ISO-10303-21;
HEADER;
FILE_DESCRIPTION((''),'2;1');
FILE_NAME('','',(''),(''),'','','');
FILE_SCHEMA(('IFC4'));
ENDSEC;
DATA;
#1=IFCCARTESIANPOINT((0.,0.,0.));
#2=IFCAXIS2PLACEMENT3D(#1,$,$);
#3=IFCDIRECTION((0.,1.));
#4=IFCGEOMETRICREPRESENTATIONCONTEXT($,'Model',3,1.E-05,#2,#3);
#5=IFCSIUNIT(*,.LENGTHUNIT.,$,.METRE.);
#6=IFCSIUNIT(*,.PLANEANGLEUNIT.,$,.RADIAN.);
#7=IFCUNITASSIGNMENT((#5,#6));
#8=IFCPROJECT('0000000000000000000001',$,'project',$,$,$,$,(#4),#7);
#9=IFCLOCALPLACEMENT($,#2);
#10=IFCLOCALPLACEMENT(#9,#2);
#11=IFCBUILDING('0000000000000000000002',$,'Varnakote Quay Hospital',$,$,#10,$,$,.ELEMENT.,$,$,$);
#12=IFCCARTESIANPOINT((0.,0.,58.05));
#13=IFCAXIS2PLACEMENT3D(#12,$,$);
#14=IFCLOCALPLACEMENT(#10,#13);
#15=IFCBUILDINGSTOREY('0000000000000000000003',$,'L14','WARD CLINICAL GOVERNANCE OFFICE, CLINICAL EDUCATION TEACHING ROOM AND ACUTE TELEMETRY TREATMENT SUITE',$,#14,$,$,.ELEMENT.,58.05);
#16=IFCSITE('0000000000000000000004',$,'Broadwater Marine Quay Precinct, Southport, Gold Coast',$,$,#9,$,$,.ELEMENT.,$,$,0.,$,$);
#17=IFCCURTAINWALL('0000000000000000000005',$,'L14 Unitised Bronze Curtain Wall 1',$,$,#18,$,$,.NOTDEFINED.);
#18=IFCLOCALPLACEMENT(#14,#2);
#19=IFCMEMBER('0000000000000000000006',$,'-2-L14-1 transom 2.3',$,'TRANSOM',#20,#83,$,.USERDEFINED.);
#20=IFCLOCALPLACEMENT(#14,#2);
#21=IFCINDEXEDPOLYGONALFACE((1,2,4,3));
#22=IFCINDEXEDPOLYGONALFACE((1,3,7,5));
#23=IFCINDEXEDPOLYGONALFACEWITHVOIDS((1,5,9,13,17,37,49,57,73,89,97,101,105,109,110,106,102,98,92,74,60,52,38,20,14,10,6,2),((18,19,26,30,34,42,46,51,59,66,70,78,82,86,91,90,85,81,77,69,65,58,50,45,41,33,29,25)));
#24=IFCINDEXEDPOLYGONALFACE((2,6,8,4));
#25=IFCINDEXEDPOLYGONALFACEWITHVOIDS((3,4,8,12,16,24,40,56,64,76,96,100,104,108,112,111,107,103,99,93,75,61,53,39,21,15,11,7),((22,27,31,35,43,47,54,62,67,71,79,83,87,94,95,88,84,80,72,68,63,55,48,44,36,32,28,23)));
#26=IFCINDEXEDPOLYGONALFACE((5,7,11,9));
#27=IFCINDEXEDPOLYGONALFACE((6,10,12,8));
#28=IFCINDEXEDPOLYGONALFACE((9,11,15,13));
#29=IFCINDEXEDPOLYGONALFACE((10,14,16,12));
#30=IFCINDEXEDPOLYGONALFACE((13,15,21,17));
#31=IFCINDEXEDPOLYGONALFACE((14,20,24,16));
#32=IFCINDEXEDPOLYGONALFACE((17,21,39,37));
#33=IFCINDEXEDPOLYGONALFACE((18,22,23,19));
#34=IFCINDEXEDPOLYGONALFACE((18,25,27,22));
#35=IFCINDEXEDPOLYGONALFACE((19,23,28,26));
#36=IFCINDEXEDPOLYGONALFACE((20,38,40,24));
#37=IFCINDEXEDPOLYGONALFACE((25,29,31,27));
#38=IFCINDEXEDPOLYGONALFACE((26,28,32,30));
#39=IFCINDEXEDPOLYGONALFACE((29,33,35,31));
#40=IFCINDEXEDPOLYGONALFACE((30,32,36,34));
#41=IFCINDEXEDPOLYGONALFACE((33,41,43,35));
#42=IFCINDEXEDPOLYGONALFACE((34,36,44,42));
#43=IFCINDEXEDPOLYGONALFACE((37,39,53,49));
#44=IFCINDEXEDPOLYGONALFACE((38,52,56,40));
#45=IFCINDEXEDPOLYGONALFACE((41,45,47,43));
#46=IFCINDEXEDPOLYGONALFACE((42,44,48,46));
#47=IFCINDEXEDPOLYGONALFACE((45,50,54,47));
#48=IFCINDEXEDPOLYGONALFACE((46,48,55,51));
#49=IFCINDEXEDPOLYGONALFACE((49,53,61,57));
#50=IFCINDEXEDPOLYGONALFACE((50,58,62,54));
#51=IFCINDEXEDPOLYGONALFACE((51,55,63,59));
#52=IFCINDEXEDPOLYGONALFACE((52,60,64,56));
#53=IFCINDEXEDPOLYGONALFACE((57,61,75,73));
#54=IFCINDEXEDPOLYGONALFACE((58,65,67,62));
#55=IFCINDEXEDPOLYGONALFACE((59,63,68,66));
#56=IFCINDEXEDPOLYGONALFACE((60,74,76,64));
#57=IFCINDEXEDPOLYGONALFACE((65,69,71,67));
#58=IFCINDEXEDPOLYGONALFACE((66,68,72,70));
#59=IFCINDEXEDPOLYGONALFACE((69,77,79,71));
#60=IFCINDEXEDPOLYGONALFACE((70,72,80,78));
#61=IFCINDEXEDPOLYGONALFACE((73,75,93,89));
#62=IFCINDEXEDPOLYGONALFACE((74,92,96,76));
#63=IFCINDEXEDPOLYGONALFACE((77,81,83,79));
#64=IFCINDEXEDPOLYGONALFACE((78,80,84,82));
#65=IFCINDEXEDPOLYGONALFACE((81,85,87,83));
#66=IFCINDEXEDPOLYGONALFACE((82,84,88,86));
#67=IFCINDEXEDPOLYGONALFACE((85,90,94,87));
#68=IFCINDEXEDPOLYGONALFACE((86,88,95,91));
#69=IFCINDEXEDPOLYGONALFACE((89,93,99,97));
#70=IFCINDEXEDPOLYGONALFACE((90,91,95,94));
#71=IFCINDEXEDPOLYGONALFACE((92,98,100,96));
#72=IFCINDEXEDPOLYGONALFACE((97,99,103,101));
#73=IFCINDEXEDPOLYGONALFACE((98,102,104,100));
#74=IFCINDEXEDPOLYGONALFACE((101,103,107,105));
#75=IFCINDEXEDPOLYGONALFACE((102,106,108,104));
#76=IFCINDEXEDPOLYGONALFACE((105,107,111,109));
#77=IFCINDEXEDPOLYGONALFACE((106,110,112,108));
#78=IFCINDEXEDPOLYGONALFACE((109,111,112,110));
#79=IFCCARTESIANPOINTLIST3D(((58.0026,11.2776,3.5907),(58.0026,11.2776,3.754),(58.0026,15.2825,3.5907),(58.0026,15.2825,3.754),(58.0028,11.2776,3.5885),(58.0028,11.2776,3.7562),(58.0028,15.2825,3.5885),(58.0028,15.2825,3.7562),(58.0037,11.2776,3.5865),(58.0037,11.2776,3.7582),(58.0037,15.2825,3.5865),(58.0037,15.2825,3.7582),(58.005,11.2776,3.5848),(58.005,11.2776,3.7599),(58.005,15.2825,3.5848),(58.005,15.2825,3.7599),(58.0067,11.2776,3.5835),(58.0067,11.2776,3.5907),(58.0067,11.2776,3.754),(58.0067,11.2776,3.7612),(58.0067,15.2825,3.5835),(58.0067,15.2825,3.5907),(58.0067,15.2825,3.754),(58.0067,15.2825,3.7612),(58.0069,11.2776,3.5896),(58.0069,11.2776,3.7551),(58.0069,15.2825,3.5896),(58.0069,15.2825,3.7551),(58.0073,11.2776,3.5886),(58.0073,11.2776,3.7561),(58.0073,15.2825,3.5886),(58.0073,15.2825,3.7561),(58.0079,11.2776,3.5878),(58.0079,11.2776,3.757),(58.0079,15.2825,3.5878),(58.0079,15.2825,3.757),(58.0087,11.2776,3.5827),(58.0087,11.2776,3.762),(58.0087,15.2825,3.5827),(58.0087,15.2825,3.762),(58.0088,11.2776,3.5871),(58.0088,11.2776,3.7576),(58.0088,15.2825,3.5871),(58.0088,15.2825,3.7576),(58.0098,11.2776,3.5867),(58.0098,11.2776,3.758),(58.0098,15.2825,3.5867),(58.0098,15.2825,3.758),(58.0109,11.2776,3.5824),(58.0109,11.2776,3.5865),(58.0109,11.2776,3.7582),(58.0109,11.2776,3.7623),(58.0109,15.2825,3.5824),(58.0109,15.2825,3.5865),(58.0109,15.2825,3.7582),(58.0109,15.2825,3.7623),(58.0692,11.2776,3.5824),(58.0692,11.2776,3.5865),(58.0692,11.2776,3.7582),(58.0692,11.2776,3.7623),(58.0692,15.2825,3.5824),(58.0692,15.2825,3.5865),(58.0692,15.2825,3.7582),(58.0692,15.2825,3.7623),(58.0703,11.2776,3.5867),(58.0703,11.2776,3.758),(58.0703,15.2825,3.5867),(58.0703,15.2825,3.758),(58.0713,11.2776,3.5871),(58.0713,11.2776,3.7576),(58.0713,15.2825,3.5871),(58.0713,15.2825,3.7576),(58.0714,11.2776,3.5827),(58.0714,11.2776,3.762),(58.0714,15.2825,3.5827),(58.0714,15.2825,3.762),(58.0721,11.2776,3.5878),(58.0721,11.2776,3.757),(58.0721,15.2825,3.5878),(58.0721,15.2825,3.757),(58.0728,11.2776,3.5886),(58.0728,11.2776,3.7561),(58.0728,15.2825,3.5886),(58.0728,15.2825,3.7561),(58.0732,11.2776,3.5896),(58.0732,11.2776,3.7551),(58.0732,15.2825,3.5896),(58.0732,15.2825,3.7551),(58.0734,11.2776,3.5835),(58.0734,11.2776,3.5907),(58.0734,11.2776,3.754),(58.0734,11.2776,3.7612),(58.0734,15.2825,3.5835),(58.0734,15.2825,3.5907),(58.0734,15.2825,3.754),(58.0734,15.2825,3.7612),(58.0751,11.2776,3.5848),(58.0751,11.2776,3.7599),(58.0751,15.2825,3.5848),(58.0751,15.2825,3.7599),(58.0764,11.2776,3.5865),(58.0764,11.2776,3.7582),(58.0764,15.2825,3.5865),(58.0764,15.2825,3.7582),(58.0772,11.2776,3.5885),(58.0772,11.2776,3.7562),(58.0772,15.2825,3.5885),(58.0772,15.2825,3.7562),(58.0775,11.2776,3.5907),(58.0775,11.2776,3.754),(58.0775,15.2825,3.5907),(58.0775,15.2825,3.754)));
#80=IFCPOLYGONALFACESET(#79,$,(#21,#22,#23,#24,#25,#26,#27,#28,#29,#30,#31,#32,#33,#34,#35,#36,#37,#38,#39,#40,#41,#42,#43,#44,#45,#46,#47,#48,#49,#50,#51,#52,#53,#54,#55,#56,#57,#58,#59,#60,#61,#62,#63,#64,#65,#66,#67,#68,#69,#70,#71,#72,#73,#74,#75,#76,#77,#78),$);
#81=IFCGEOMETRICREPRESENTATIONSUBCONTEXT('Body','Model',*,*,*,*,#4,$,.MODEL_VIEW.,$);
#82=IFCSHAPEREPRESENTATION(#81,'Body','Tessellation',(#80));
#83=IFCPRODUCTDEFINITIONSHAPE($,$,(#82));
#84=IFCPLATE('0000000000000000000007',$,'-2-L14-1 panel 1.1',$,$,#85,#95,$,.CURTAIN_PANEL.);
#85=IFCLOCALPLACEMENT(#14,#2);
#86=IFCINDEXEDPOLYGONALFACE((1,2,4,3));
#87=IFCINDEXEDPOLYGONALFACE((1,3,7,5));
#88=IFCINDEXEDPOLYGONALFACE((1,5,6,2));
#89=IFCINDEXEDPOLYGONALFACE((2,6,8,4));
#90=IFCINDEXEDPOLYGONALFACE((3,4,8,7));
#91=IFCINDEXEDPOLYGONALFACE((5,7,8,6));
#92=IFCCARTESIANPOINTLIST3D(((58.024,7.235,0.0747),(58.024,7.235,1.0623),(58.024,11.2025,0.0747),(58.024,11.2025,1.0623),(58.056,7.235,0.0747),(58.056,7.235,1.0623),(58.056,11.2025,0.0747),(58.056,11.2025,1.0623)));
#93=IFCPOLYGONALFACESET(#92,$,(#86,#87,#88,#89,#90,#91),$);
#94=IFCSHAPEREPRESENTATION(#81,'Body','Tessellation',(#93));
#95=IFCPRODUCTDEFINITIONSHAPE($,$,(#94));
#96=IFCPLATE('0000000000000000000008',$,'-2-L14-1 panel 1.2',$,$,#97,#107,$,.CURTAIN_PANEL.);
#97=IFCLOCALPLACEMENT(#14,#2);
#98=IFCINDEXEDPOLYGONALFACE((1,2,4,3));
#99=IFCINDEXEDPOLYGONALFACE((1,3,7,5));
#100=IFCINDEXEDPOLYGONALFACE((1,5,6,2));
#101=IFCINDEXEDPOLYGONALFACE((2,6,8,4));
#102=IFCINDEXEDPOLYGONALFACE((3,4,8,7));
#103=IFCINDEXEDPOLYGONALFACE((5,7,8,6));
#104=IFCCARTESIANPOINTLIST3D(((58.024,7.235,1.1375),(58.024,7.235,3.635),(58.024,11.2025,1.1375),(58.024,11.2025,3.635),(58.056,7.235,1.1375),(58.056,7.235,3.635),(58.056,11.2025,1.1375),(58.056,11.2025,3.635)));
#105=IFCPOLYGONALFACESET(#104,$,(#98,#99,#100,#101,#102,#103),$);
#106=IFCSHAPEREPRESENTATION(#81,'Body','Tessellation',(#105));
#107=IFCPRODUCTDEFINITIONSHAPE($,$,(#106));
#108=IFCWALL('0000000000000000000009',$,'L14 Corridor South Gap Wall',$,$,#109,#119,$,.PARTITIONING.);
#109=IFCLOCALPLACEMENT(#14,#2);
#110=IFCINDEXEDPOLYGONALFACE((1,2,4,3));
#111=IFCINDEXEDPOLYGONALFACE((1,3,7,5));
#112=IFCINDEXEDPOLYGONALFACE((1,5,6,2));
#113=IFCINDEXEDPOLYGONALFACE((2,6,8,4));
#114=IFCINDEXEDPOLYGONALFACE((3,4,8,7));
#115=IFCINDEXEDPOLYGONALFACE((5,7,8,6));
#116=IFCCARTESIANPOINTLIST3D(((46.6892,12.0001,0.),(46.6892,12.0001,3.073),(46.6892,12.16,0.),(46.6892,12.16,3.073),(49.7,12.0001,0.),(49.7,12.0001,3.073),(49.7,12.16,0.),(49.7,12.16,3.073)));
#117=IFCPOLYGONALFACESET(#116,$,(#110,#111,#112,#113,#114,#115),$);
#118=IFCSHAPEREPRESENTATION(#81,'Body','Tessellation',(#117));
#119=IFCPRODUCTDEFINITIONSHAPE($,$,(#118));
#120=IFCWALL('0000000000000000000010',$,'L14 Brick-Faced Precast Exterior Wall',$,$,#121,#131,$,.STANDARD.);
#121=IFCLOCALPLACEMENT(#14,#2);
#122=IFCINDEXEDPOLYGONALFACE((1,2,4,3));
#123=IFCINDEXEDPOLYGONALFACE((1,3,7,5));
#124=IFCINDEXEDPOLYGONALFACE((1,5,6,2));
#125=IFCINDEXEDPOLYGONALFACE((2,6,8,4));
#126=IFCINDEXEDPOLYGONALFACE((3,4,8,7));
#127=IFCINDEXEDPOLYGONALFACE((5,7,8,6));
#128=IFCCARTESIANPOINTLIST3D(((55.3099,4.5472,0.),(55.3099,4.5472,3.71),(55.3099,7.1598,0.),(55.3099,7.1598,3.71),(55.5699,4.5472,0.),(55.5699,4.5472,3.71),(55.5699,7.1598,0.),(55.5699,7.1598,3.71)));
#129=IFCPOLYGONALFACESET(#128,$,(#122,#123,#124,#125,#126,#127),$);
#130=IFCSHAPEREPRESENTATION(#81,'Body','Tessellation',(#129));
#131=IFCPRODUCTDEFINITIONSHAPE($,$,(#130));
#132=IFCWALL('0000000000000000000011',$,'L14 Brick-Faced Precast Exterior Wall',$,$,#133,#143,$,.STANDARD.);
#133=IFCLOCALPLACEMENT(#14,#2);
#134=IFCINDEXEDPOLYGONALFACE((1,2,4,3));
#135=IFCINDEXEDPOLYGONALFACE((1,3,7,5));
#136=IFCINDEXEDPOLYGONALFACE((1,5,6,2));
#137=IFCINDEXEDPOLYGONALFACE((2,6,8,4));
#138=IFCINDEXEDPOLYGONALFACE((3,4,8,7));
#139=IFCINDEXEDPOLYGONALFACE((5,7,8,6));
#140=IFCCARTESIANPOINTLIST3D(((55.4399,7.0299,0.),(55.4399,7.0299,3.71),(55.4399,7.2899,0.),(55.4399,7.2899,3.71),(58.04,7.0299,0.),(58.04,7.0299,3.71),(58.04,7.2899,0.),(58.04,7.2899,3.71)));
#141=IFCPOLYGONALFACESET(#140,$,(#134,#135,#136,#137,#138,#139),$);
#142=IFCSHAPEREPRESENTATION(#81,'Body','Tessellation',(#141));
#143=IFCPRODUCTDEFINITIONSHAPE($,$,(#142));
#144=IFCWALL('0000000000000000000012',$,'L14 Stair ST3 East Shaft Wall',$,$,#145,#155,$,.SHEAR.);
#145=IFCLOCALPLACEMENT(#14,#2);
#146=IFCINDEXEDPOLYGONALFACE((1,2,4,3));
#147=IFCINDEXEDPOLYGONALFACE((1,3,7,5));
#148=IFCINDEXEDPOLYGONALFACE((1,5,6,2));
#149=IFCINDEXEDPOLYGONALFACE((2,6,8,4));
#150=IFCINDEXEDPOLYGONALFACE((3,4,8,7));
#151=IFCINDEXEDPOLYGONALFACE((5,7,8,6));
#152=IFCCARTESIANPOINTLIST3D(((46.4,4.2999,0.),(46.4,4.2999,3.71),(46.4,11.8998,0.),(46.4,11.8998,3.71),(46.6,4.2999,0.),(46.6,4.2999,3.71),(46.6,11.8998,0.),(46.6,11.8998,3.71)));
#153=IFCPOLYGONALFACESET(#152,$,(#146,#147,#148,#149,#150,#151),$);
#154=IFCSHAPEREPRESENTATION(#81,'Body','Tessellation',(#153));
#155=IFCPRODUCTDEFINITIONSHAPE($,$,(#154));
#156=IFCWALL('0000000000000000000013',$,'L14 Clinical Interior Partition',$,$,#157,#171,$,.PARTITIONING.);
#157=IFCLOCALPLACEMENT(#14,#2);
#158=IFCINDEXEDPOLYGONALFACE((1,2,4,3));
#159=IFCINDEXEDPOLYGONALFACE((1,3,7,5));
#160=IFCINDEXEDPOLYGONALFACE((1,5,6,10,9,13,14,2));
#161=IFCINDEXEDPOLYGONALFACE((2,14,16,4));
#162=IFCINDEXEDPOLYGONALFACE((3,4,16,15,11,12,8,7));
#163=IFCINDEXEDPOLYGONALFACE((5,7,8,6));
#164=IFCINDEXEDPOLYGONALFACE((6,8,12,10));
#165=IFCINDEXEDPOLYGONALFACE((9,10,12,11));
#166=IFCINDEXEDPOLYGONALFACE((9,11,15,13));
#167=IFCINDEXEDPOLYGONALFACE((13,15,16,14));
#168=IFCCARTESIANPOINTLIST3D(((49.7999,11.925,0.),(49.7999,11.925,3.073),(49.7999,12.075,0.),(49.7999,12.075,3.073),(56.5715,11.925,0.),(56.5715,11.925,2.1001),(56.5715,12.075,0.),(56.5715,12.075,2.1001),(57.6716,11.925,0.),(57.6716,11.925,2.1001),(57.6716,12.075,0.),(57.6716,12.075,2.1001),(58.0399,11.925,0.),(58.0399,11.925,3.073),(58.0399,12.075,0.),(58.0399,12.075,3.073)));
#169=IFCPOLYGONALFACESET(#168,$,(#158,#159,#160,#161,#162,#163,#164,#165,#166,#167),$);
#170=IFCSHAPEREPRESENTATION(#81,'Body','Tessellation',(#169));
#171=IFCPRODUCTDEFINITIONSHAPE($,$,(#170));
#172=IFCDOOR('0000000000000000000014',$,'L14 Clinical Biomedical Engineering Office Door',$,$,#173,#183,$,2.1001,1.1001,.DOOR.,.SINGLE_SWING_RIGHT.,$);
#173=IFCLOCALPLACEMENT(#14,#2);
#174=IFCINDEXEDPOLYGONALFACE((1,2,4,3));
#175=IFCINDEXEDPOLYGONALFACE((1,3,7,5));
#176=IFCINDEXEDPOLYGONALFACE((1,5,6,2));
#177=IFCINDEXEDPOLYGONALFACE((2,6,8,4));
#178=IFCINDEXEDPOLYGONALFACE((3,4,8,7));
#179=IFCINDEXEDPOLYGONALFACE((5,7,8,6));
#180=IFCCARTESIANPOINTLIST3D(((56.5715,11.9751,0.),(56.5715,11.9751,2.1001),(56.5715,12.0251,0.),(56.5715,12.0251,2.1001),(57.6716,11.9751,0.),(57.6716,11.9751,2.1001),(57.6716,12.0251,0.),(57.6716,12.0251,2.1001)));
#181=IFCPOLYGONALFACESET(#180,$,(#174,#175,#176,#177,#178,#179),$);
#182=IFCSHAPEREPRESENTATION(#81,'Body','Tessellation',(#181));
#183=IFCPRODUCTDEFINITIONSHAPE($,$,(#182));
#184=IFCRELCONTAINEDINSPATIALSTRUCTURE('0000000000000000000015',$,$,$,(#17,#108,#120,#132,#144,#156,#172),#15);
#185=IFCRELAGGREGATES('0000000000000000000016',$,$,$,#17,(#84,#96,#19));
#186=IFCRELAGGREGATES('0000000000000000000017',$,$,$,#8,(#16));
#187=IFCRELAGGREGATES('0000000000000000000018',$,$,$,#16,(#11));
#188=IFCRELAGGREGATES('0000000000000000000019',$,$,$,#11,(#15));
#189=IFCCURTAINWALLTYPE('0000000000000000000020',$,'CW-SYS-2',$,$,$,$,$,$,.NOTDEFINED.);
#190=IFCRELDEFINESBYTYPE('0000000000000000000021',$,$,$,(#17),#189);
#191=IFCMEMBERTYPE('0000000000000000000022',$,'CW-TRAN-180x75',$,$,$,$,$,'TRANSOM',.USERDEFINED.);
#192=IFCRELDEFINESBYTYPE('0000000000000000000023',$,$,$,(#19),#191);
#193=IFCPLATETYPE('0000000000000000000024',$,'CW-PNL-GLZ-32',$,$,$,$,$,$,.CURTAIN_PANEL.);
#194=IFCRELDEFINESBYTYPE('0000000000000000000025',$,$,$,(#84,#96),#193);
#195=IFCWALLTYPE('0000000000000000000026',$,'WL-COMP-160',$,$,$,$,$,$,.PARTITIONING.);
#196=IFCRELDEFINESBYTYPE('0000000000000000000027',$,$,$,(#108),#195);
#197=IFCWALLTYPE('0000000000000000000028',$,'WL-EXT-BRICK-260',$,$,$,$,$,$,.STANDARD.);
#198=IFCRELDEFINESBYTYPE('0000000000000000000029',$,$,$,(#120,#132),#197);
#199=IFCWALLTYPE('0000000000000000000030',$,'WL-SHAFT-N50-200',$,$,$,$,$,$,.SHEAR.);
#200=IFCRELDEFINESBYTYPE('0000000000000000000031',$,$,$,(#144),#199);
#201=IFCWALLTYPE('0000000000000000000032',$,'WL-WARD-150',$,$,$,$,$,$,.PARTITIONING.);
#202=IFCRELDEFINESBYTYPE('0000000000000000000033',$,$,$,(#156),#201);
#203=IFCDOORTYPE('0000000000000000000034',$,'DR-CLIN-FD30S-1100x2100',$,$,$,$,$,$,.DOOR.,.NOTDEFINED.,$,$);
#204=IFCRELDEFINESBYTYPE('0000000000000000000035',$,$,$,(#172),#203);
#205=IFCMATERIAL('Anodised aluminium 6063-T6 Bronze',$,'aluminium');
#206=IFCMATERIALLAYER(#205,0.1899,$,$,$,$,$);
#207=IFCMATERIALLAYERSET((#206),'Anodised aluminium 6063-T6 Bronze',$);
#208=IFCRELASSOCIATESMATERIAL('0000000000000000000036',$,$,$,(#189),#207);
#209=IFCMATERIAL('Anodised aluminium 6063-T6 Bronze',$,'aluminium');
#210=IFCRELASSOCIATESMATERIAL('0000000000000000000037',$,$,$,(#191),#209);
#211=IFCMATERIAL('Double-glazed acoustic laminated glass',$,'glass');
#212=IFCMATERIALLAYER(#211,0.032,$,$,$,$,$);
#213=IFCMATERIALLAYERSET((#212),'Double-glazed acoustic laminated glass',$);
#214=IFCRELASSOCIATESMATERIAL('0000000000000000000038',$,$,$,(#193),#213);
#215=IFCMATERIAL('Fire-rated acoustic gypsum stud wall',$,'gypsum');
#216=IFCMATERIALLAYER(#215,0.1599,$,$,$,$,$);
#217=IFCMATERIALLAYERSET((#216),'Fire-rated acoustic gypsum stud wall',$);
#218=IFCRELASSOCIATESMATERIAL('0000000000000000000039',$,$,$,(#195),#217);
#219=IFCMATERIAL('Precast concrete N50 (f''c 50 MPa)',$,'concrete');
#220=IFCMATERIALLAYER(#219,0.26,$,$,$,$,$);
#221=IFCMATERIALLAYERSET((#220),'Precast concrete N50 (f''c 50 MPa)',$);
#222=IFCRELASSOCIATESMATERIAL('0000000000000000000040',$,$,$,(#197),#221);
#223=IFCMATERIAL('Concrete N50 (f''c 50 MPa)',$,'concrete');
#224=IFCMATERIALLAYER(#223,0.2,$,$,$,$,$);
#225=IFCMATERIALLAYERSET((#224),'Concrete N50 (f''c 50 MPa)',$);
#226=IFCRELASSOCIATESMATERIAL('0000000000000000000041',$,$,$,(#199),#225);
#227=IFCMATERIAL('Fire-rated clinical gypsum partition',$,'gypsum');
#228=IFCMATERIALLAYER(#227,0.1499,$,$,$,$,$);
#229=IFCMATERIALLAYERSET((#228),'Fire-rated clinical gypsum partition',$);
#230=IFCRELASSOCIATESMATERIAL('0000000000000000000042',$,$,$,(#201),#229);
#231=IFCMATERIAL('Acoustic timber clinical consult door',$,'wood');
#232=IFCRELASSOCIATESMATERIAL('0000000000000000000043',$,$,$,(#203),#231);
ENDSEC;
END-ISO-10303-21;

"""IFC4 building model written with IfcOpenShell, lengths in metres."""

from ifc_helpers import new_model, si_unit, direction, frame, frame_2d, origin, origin_2d, place, context, subcontext, project, spatial, rectangle, hollow_rectangle, extrude, material, layer, layer_set, material_profile, profile_set, type_object, element, fill, aggregate, save


model = new_model("IFC4")

# Units and contexts
model_context = context("Model", 3, precision=1e-05, world=origin(), true_north=direction((0.0, 1.0)))
body_context = subcontext(model_context, "Body", "Model", "MODEL_VIEW")
ifc_project = project(units=[si_unit("LENGTHUNIT", "METRE"), si_unit("PLANEANGLEUNIT", "RADIAN")], contexts=[model_context])

# Site, building, storey
site_placement = place(None, origin())
site = spatial("IfcSite", under=ifc_project, at=site_placement, Name="Broadwater Marine Quay Precinct, Southport, Gold Coast", CompositionType="ELEMENT", RefElevation=0.0)
building_placement = place(site_placement, origin())
building = spatial("IfcBuilding", under=site, at=building_placement, Name="Varnakote Quay Hospital", CompositionType="ELEMENT")
storey_placement = place(building_placement, frame((0.0, 0.0, 58.05)))
storey = spatial("IfcBuildingStorey", under=building, at=storey_placement, Name="L14", Description="WARD CLINICAL GOVERNANCE OFFICE, CLINICAL EDUCATION TEACHING ROOM AND ACUTE TELEMETRY TREATMENT SUITE", CompositionType="ELEMENT", Elevation=58.05)

# Curtain wall, member, plates
ifc_material_1 = material(Name="Anodised aluminium 6063-T6 Bronze", Category="aluminium")
ifc_layer_1 = layer(ifc_material_1, 0.1899)
ifc_layer_set_1 = layer_set([ifc_layer_1], Name="Anodised aluminium 6063-T6 Bronze")
curtain_wall_type = type_object("IfcCurtainWallType", Name="CW-SYS-2", PredefinedType="NOTDEFINED", material=ifc_layer_set_1)
curtain_wall_placement = place(storey_placement, origin())
curtain_wall = element("IfcCurtainWall", 1, at=curtain_wall_placement, inside=storey, type_object=curtain_wall_type, Name="L14 Unitised Bronze Curtain Wall 1", PredefinedType="NOTDEFINED")
ifc_material_2 = material(Name="Anodised aluminium 6063-T6 Bronze", Category="aluminium")
ifc_material_profile_1 = material_profile(ifc_material_2, hollow_rectangle(XDim=0.075, YDim=0.1799, WallThickness=0.0042, InnerFilletRadius=0.0042, OuterFilletRadius=0.0083, at=origin_2d()), Name="CW-TRAN-180x75")
ifc_profile_set_1 = profile_set([ifc_material_profile_1], Name="Anodised aluminium 6063-T6 Bronze")
member_type_1 = type_object("IfcMemberType", Name="CW-TRAN-180x75", ElementType="TRANSOM", PredefinedType="USERDEFINED", material=ifc_profile_set_1)
member_1_placement = place(storey_placement, frame((58.04, 11.2776, 3.6724), z_axis=(0.0, 1.0, 0.0), x_axis=(-1.0, 0.0, 0.0)))
member_1 = element("IfcMember", 2, at=member_1_placement, type_object=member_type_1, Name="-2-L14-1 transom 2.3", ObjectType="TRANSOM", PredefinedType="USERDEFINED", context=body_context, shape_type="SweptSolid", body=[
    extrude(hollow_rectangle(XDim=0.075, YDim=0.1799, WallThickness=0.0042, InnerFilletRadius=0.0042, OuterFilletRadius=0.0083, at=origin_2d()), origin(), (0.0, 0.0, 1.0), 4.0049),
])
ifc_material_3 = material(Name="Double-glazed acoustic laminated glass", Category="glass")
ifc_layer_2 = layer(ifc_material_3, 0.032)
ifc_layer_set_2 = layer_set([ifc_layer_2], Name="Double-glazed acoustic laminated glass")
plate_type = type_object("IfcPlateType", Name="CW-PNL-GLZ-32", PredefinedType="CURTAIN_PANEL", material=ifc_layer_set_2)
plate_1_placement = place(storey_placement, frame((58.04, 9.2188, 0.0747), z_axis=(0.0, 0.0, 1.0), x_axis=(0.0, 1.0, 0.0)))
plate_1 = element("IfcPlate", 3, at=plate_1_placement, type_object=plate_type, Name="-2-L14-1 panel 1.1", PredefinedType="CURTAIN_PANEL", context=body_context, shape_type="SweptSolid", body=[
    extrude(rectangle(XDim=3.9675, YDim=0.032, at=origin_2d()), origin(), (0.0, 0.0, 1.0), 0.9875),
])
plate_2_placement = place(storey_placement, frame((58.04, 9.2188, 1.1375), z_axis=(0.0, 0.0, 1.0), x_axis=(0.0, 1.0, 0.0)))
plate_2 = element("IfcPlate", 4, at=plate_2_placement, type_object=plate_type, Name="-2-L14-1 panel 1.2", PredefinedType="CURTAIN_PANEL", context=body_context, shape_type="SweptSolid", body=[
    extrude(rectangle(XDim=3.9675, YDim=0.032, at=origin_2d()), origin(), (0.0, 0.0, 1.0), 2.4976),
])
aggregate(curtain_wall, [plate_1, plate_2, member_1])

# Walls
ifc_material_4 = material(Name="Fire-rated acoustic gypsum stud wall", Category="gypsum")
ifc_layer_3 = layer(ifc_material_4, 0.1599)
ifc_layer_set_3 = layer_set([ifc_layer_3], Name="Fire-rated acoustic gypsum stud wall")
wall_type_1 = type_object("IfcWallType", Name="WL-COMP-160", PredefinedType="PARTITIONING", material=ifc_layer_set_3)
wall_1_placement = place(storey_placement, frame((46.6892, 12.0801, 0.0), z_axis=(0.0, 0.0, 1.0), x_axis=(1.0, 0.0, 0.0)))
element("IfcWall", 5, at=wall_1_placement, inside=storey, type_object=wall_type_1, Name="L14 Corridor South Gap Wall", PredefinedType="PARTITIONING", context=body_context, shape_type="SweptSolid", body=[
    extrude(rectangle(XDim=3.0107, YDim=0.1599, at=frame_2d((1.5054, 0.0))), origin(), (0.0, 0.0, 1.0), 3.073),
])
ifc_material_5 = material(Name="Precast concrete N50 (f'c 50 MPa)", Category="concrete")
ifc_layer_4 = layer(ifc_material_5, 0.26)
ifc_layer_set_4 = layer_set([ifc_layer_4], Name="Precast concrete N50 (f'c 50 MPa)")
wall_type_2 = type_object("IfcWallType", Name="WL-EXT-BRICK-260", PredefinedType="STANDARD", material=ifc_layer_set_4)
wall_2_placement = place(storey_placement, frame((55.4399, 4.5474, 0.0), z_axis=(0.0, 0.0, 1.0), x_axis=(0.0, 1.0, 0.0)))
element("IfcWall", 6, at=wall_2_placement, inside=storey, type_object=wall_type_2, Name="L14 Brick-Faced Precast Exterior Wall", PredefinedType="STANDARD", context=body_context, shape_type="SweptSolid", body=[
    extrude(rectangle(XDim=2.6125, YDim=0.26, at=frame_2d((1.3062, 0.0))), origin(), (0.0, 0.0, 1.0), 3.71),
])
wall_3_placement = place(storey_placement, frame((55.4399, 7.1599, 0.0), z_axis=(0.0, 0.0, 1.0), x_axis=(1.0, 0.0, 0.0)))
element("IfcWall", 7, at=wall_3_placement, inside=storey, type_object=wall_type_2, Name="L14 Brick-Faced Precast Exterior Wall", PredefinedType="STANDARD", context=body_context, shape_type="SweptSolid", body=[
    extrude(rectangle(XDim=2.6001, YDim=0.26, at=frame_2d((1.3, 0.0))), origin(), (0.0, 0.0, 1.0), 3.71),
])
ifc_material_6 = material(Name="Concrete N50 (f'c 50 MPa)", Category="concrete")
ifc_layer_5 = layer(ifc_material_6, 0.2)
ifc_layer_set_5 = layer_set([ifc_layer_5], Name="Concrete N50 (f'c 50 MPa)")
wall_type_3 = type_object("IfcWallType", Name="WL-SHAFT-N50-200", PredefinedType="SHEAR", material=ifc_layer_set_5)
wall_4_placement = place(storey_placement, frame((46.5, 4.3, 0.0), z_axis=(0.0, 0.0, 1.0), x_axis=(0.0, 1.0, 0.0)))
element("IfcWall", 8, at=wall_4_placement, inside=storey, type_object=wall_type_3, Name="L14 Stair ST3 East Shaft Wall", PredefinedType="SHEAR", context=body_context, shape_type="SweptSolid", body=[
    extrude(rectangle(XDim=7.5999, YDim=0.2, at=frame_2d((3.7998, 0.0))), origin(), (0.0, 0.0, 1.0), 3.71),
])

# Wall, opening, door
ifc_material_7 = material(Name="Fire-rated clinical gypsum partition", Category="gypsum")
ifc_layer_6 = layer(ifc_material_7, 0.1499)
ifc_layer_set_6 = layer_set([ifc_layer_6], Name="Fire-rated clinical gypsum partition")
wall_type_4 = type_object("IfcWallType", Name="WL-WARD-150", PredefinedType="PARTITIONING", material=ifc_layer_set_6)
wall_5_placement = place(storey_placement, frame((58.04, 12.0, 0.0), z_axis=(0.0, 0.0, 1.0), x_axis=(-1.0, 0.0, 0.0)))
wall_5 = element("IfcWall", 9, at=wall_5_placement, inside=storey, type_object=wall_type_4, Name="L14 Clinical Interior Partition", PredefinedType="PARTITIONING", context=body_context, shape_type="SweptSolid", body=[
    extrude(rectangle(XDim=8.24, YDim=0.1499, at=frame_2d((4.1201, 0.0))), origin(), (0.0, 0.0, 1.0), 3.073),
])
opening_placement = place(wall_5_placement, frame((0.3684, 0.0, 0.0)))
opening = element("IfcOpeningElement", 10, at=opening_placement, cuts=wall_5, PredefinedType="OPENING", context=body_context, shape_type="SweptSolid", body=[
    extrude(rectangle(XDim=1.1001, YDim=2.1001, at=frame_2d((0.55, 1.05))), frame((0.0, 0.085, 0.0), z_axis=(0.0, -1.0, 0.0), x_axis=(1.0, 0.0, 0.0)), (0.0, 0.0, 1.0), 0.1699),
])
ifc_material_8 = material(Name="Acoustic timber clinical consult door", Category="wood")
door_type = type_object("IfcDoorType", Name="DR-CLIN-FD30S-1100x2100", OperationType="NOTDEFINED", PredefinedType="DOOR", material=ifc_material_8)
door_placement = place(opening_placement, origin())
door = element("IfcDoor", 11, at=door_placement, inside=storey, type_object=door_type, Name="L14 Clinical Biomedical Engineering Office Door", OperationType="SINGLE_SWING_RIGHT", OverallHeight=2.1001, OverallWidth=1.1001, PredefinedType="DOOR", context=body_context, shape_type="SweptSolid", body=[
    extrude(rectangle(XDim=1.1001, YDim=2.1001, at=frame_2d((0.55, 1.05))), frame((0.0, 0.0249, 0.0), z_axis=(0.0, -1.0, 0.0), x_axis=(1.0, 0.0, 0.0)), (0.0, 0.0, 1.0), 0.05),
])
fill(opening, door)

save(model, "model.ifc")
